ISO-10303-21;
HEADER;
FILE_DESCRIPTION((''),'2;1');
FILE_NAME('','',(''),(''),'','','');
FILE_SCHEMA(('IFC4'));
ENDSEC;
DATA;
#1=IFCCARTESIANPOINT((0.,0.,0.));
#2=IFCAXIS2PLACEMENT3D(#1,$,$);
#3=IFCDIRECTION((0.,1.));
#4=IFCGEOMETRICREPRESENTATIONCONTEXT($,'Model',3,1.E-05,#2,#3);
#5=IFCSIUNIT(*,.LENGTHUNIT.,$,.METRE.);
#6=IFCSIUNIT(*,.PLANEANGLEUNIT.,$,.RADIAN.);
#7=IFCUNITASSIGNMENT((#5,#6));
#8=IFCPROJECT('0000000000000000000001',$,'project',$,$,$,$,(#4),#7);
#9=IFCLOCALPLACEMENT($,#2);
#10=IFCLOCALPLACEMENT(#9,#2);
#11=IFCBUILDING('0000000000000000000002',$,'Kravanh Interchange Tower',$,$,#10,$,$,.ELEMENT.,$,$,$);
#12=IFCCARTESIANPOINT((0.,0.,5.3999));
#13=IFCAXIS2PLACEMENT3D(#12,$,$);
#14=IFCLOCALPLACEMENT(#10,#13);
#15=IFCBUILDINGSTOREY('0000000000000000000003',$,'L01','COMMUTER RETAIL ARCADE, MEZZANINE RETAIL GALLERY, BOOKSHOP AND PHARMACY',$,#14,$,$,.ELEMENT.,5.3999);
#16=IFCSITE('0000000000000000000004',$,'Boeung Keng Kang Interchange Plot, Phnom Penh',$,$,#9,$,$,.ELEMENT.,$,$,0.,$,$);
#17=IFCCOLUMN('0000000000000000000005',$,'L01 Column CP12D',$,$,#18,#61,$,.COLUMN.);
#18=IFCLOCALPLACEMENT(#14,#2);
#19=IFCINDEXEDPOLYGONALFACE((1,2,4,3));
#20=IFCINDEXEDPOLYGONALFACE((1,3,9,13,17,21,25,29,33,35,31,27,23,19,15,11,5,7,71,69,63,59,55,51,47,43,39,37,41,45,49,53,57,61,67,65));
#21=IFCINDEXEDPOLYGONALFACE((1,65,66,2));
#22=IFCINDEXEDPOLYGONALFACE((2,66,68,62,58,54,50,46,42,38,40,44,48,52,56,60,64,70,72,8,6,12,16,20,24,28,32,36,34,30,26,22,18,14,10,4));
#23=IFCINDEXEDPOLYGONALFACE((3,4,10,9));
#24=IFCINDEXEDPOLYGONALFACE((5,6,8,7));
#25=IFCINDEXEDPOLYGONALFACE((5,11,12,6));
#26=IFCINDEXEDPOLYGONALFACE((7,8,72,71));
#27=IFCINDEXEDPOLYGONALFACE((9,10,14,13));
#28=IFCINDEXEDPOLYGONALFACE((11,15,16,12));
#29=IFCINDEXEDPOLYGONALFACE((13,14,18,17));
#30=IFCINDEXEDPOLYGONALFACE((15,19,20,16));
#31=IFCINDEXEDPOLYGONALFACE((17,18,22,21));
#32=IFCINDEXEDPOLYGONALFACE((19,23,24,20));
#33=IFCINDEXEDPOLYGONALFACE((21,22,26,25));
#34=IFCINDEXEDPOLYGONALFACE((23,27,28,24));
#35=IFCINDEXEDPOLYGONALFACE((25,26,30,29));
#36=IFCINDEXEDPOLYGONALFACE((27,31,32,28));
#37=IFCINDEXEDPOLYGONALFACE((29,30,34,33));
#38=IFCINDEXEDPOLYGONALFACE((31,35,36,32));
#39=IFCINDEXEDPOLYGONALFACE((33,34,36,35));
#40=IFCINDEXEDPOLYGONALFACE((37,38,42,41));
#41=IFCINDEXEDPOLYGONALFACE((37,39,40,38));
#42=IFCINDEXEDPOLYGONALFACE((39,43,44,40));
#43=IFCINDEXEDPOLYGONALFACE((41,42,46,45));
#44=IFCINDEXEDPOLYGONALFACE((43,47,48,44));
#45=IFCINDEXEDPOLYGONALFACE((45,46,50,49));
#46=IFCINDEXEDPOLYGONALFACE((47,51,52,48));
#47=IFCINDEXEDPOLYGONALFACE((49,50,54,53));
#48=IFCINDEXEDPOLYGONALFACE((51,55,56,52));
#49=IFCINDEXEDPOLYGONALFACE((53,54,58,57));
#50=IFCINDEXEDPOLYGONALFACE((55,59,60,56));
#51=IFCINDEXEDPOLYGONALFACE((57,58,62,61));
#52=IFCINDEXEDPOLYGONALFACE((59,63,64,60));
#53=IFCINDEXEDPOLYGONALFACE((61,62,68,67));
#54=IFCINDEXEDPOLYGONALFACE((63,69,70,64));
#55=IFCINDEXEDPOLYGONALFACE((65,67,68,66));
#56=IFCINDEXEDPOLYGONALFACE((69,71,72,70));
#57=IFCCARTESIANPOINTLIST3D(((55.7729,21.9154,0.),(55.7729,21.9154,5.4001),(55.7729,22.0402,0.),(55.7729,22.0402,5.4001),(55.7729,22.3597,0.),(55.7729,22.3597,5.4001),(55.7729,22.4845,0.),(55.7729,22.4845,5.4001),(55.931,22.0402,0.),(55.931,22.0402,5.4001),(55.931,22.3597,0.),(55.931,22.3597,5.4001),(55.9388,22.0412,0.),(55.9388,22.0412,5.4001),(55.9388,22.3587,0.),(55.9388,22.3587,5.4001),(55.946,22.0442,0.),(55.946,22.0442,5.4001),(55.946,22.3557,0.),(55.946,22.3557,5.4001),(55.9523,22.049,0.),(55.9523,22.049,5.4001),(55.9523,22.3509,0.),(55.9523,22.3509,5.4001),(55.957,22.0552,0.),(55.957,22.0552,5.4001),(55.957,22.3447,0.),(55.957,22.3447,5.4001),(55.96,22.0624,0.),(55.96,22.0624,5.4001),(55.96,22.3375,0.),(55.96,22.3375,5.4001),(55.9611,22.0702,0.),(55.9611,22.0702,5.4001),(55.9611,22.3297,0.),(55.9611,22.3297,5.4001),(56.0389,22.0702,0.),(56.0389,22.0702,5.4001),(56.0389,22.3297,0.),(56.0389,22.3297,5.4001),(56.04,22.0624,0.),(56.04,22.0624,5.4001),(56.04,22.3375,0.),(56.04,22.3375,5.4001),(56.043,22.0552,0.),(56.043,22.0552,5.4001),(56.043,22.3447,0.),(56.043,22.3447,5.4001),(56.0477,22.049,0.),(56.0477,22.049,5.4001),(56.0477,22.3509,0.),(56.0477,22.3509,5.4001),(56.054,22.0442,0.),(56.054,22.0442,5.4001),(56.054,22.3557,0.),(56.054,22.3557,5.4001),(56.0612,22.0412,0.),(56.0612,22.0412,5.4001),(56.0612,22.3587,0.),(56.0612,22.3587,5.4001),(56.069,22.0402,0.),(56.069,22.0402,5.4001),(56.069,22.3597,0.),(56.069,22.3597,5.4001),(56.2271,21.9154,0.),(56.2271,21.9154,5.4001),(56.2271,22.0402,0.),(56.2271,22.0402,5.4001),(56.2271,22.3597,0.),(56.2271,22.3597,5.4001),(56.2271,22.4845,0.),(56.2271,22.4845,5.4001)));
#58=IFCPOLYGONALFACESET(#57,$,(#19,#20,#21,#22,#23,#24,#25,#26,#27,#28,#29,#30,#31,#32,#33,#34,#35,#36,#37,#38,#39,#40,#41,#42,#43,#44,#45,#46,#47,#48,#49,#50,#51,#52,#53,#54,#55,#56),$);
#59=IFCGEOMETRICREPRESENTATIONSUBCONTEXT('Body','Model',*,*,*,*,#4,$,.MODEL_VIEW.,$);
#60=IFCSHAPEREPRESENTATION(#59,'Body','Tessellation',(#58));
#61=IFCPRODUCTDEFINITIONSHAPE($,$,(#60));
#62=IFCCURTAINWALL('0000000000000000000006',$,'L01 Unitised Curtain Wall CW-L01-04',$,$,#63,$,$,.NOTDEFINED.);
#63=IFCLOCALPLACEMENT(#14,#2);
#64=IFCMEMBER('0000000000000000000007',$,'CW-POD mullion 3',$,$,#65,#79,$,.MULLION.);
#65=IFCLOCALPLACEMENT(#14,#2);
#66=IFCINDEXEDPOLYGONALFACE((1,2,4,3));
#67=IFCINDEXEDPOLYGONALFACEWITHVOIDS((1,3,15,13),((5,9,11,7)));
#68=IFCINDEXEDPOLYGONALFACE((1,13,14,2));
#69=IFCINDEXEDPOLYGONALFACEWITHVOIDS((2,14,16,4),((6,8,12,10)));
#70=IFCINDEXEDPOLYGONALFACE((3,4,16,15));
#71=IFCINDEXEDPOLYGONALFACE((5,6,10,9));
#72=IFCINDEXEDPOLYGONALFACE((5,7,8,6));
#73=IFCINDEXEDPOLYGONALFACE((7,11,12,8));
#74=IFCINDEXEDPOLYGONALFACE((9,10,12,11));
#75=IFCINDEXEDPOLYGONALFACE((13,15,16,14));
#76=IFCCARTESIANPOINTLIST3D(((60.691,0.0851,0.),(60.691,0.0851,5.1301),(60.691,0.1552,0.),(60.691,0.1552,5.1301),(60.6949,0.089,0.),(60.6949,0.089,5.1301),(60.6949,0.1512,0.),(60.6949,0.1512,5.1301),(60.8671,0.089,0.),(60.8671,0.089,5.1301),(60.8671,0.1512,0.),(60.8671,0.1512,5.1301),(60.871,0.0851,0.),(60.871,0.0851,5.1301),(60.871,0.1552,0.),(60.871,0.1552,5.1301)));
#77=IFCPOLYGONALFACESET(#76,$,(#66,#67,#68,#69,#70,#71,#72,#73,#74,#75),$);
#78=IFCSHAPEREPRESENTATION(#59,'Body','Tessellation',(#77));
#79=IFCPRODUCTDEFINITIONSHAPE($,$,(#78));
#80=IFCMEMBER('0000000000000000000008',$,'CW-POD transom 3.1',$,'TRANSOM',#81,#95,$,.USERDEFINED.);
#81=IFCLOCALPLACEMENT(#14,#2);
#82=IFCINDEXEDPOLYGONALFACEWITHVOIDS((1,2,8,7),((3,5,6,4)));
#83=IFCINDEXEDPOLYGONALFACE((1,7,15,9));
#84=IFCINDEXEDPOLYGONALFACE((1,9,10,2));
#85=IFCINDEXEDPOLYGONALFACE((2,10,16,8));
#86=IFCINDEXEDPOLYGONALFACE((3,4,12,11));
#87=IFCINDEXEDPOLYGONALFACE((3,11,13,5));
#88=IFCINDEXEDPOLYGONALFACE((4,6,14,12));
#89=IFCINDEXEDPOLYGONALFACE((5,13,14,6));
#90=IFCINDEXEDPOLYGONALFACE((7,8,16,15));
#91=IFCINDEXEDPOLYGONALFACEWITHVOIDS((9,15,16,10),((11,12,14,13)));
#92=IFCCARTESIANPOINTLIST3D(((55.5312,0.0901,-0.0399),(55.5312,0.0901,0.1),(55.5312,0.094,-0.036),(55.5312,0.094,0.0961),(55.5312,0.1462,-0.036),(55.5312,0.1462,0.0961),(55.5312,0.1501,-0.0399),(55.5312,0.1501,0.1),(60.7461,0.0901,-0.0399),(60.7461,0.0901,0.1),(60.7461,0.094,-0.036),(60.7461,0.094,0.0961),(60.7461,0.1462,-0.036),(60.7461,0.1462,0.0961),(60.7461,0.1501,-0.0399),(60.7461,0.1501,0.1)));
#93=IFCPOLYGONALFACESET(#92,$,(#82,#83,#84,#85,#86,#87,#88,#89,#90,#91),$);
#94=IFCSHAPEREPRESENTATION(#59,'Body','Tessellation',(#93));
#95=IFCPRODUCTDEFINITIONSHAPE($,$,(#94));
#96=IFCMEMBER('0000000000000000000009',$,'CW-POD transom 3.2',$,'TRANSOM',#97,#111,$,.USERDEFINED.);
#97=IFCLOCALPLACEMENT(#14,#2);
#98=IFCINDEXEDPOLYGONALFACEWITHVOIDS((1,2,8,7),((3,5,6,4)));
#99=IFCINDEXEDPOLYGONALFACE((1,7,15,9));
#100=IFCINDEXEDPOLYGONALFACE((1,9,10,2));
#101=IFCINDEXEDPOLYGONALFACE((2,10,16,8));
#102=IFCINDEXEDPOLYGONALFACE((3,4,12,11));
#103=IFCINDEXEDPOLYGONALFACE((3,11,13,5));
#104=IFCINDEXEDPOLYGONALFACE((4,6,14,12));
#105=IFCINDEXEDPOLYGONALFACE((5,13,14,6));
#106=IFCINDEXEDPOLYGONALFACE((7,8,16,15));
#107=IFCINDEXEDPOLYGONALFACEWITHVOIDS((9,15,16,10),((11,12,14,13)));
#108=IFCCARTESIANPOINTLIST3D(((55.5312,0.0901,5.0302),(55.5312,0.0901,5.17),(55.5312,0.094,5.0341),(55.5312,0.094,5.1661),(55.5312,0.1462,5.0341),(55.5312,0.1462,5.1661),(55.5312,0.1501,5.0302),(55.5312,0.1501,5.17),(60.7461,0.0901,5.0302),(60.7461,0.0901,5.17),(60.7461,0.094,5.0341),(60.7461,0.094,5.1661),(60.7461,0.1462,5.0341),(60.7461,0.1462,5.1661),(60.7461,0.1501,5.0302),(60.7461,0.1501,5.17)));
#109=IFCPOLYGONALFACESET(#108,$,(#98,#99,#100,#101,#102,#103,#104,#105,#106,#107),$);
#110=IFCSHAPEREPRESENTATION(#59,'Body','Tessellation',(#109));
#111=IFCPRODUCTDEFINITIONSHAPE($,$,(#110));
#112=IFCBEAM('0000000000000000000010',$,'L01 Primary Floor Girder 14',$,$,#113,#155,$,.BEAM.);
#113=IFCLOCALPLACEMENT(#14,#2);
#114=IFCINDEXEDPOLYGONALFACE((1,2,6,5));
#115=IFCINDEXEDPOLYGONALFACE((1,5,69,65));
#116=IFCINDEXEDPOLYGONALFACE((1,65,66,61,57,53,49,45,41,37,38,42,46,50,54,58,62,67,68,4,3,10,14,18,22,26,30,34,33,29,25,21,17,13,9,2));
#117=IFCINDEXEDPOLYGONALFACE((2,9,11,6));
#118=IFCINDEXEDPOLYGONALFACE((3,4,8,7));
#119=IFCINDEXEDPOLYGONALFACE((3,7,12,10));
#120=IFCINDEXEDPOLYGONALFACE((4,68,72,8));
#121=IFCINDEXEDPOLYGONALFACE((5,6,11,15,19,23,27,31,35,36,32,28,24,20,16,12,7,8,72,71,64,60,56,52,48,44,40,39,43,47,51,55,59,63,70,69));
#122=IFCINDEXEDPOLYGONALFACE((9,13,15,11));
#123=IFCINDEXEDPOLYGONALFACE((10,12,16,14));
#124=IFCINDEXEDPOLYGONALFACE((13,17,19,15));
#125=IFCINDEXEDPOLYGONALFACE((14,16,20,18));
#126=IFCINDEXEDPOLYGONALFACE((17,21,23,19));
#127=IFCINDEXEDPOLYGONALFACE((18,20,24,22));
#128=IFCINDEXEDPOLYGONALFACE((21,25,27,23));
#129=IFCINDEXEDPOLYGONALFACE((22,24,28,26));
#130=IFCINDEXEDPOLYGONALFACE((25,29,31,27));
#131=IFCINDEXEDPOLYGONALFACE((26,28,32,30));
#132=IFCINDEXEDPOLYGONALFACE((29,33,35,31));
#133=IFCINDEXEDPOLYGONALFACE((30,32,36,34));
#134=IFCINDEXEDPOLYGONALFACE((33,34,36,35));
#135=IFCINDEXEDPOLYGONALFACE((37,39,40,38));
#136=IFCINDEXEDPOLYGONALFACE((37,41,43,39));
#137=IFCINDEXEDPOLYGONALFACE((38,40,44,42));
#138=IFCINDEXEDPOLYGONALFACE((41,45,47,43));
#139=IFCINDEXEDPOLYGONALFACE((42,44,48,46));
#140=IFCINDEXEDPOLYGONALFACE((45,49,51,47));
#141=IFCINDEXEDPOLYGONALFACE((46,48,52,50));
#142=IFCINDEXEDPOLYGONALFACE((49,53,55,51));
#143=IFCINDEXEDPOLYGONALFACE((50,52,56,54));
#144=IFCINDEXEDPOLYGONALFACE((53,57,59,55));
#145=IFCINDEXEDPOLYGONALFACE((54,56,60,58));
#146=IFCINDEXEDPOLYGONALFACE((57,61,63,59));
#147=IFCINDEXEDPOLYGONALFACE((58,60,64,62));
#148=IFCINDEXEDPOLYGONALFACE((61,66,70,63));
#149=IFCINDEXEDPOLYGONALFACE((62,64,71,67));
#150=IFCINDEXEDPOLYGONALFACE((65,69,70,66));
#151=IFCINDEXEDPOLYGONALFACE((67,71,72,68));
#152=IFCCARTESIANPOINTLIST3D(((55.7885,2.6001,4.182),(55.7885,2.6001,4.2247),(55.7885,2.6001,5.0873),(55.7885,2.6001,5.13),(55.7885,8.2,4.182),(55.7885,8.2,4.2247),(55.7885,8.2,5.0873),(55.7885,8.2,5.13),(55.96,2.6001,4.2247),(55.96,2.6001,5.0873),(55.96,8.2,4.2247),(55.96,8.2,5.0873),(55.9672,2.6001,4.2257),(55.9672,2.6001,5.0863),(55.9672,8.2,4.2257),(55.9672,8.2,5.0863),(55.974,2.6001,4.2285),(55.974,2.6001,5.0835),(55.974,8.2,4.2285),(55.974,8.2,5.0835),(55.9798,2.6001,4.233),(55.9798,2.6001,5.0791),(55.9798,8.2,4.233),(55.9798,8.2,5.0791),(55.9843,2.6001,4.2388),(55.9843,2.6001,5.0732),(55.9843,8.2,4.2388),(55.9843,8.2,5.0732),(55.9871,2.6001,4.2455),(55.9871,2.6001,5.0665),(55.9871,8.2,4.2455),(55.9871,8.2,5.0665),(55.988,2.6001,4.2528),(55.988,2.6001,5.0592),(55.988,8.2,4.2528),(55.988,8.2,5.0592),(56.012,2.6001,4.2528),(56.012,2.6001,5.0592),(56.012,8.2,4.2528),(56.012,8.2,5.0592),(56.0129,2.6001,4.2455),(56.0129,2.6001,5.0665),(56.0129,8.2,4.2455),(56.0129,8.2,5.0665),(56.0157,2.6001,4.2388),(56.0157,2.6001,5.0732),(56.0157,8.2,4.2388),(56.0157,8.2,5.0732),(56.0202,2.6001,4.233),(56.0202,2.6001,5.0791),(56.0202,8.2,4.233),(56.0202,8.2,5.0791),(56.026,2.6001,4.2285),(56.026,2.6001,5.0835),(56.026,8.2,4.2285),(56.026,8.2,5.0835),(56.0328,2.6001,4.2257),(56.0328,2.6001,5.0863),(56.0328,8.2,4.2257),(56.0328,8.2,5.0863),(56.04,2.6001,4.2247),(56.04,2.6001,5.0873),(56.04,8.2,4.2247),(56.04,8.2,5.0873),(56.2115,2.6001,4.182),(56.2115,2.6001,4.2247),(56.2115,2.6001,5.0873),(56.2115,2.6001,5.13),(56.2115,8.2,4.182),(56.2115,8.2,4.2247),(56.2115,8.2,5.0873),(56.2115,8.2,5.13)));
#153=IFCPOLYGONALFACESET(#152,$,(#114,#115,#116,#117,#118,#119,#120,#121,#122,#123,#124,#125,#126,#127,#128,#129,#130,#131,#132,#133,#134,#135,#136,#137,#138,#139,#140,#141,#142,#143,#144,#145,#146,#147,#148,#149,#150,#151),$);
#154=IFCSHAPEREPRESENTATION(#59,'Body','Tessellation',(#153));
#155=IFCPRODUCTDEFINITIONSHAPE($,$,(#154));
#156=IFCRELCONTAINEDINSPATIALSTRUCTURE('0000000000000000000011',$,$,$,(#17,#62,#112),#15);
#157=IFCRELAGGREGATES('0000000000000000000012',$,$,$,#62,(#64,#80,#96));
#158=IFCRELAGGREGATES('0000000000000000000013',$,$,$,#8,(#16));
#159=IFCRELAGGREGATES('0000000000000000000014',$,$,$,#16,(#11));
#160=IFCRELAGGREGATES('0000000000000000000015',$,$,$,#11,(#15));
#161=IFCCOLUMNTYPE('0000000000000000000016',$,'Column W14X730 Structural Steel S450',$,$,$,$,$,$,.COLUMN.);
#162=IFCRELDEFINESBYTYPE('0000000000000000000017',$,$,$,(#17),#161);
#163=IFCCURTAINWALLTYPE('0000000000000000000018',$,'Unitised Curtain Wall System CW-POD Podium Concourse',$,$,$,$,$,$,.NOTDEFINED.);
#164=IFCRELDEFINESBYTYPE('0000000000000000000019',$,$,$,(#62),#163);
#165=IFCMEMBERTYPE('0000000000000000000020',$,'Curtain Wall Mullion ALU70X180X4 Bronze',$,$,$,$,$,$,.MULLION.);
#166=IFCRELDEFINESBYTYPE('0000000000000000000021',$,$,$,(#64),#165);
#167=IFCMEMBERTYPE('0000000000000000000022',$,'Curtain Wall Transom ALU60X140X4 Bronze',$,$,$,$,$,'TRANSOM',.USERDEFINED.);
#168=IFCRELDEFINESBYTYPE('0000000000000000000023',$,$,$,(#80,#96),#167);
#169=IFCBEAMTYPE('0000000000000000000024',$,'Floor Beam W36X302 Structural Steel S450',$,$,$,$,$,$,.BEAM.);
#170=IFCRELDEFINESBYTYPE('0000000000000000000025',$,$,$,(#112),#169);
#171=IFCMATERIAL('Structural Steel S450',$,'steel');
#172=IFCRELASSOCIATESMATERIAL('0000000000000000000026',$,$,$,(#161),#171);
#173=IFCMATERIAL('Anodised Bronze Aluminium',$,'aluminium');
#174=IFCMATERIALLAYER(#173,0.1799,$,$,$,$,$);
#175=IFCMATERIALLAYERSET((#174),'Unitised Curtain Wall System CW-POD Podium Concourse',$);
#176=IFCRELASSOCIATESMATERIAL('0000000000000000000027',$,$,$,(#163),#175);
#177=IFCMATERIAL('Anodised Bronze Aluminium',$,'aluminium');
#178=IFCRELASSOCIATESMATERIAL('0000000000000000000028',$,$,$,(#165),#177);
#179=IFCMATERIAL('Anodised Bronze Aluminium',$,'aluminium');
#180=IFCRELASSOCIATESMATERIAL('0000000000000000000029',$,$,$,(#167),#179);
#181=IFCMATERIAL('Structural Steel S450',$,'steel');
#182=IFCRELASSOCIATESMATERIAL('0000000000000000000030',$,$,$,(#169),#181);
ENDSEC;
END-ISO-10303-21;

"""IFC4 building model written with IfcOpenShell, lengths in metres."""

from ifc_helpers import new_model, si_unit, direction, frame, origin, origin_2d, place, context, subcontext, project, spatial, hollow_rectangle, i_section, extrude, material, layer, layer_set, material_profile, profile_set, type_object, element, aggregate, save


model = new_model("IFC4")

# Units and contexts
model_context = context("Model", 3, precision=1e-05, world=origin(), true_north=direction((0.0, 1.0)))
body_context = subcontext(model_context, "Body", "Model", "MODEL_VIEW")
ifc_project = project(units=[si_unit("LENGTHUNIT", "METRE"), si_unit("PLANEANGLEUNIT", "RADIAN")], contexts=[model_context])

# Site, building, storey
site_placement = place(None, origin())
site = spatial("IfcSite", under=ifc_project, at=site_placement, Name="Boeung Keng Kang Interchange Plot, Phnom Penh", CompositionType="ELEMENT", RefElevation=0.0)
building_placement = place(site_placement, origin())
building = spatial("IfcBuilding", under=site, at=building_placement, Name="Kravanh Interchange Tower", CompositionType="ELEMENT")
storey_placement = place(building_placement, frame((0.0, 0.0, 5.3999)))
storey = spatial("IfcBuildingStorey", under=building, at=storey_placement, Name="L01", Description="COMMUTER RETAIL ARCADE, MEZZANINE RETAIL GALLERY, BOOKSHOP AND PHARMACY", CompositionType="ELEMENT", Elevation=5.3999)

# Column
ifc_material_1 = material(Name="Structural Steel S450", Category="steel")
ifc_material_profile_1 = material_profile(ifc_material_1, i_section(OverallWidth=0.4541, OverallDepth=0.5691, WebThickness=0.0779, FlangeThickness=0.1248, FilletRadius=0.03, at=origin_2d()), Name="W14X730")
ifc_profile_set_1 = profile_set([ifc_material_profile_1], Name="Structural Steel S450")
column_type = type_object("IfcColumnType", Name="Column W14X730 Structural Steel S450", PredefinedType="COLUMN", material=ifc_profile_set_1)
for number, where, z_axis, x_axis, name in (
    (1, (56.0, 22.2, 0.0), (0.0, 0.0, 1.0), (1.0, 0.0, 0.0), "L01 Column CP12D"),
):
    element("IfcColumn", number, at=place(storey_placement, frame(where, z_axis=z_axis, x_axis=x_axis)), inside=storey, type_object=column_type, Name=name, PredefinedType="COLUMN", context=body_context, shape_type="SweptSolid", body=[
        extrude(i_section(OverallWidth=0.4541, OverallDepth=0.5691, WebThickness=0.0779, FlangeThickness=0.1248, FilletRadius=0.03, at=origin_2d()), origin(), (0.0, 0.0, 1.0), 5.4001),
    ])

# Curtain wall, members
ifc_material_2 = material(Name="Anodised Bronze Aluminium", Category="aluminium")
ifc_layer_1 = layer(ifc_material_2, 0.1799)
ifc_layer_set_1 = layer_set([ifc_layer_1], Name="Unitised Curtain Wall System CW-POD Podium Concourse")
curtain_wall_type = type_object("IfcCurtainWallType", Name="Unitised Curtain Wall System CW-POD Podium Concourse", PredefinedType="NOTDEFINED", material=ifc_layer_set_1)
curtain_wall_placement = place(storey_placement, origin())
curtain_wall = element("IfcCurtainWall", 2, at=curtain_wall_placement, inside=storey, type_object=curtain_wall_type, Name="L01 Unitised Curtain Wall CW-L01-04", PredefinedType="NOTDEFINED")
ifc_material_3 = material(Name="Anodised Bronze Aluminium", Category="aluminium")
ifc_material_profile_2 = material_profile(ifc_material_3, hollow_rectangle(XDim=0.0701, YDim=0.1799, WallThickness=0.0039, at=origin_2d()), Name="ALU70X180X4")
ifc_profile_set_2 = profile_set([ifc_material_profile_2], Name="Anodised Bronze Aluminium")
member_type_1 = type_object("IfcMemberType", Name="Curtain Wall Mullion ALU70X180X4 Bronze", PredefinedType="MULLION", material=ifc_profile_set_2)
member_1_placement = place(storey_placement, frame((60.781, 0.1201, 0.0), z_axis=(0.0, 0.0, 1.0), x_axis=(0.0, -1.0, 0.0)))
member_1 = element("IfcMember", 3, at=member_1_placement, type_object=member_type_1, Name="CW-POD mullion 3", PredefinedType="MULLION", context=body_context, shape_type="SweptSolid", body=[
    extrude(hollow_rectangle(XDim=0.0701, YDim=0.1799, WallThickness=0.0039, at=origin_2d()), origin(), (0.0, 0.0, 1.0), 5.1301),
])
ifc_material_4 = material(Name="Anodised Bronze Aluminium", Category="aluminium")
ifc_material_profile_3 = material_profile(ifc_material_4, hollow_rectangle(XDim=0.0601, YDim=0.1399, WallThickness=0.0039, at=origin_2d()), Name="ALU60X140X4")
ifc_profile_set_3 = profile_set([ifc_material_profile_3], Name="Anodised Bronze Aluminium")
member_type_2 = type_object("IfcMemberType", Name="Curtain Wall Transom ALU60X140X4 Bronze", ElementType="TRANSOM", PredefinedType="USERDEFINED", material=ifc_profile_set_3)
member_2_placement = place(storey_placement, frame((60.7461, 0.1201, 0.03), z_axis=(-1.0, 0.0, 0.0), x_axis=(0.0, -1.0, 0.0)))
member_2 = element("IfcMember", 4, at=member_2_placement, type_object=member_type_2, Name="CW-POD transom 3.1", ObjectType="TRANSOM", PredefinedType="USERDEFINED", context=body_context, shape_type="SweptSolid", body=[
    extrude(hollow_rectangle(XDim=0.0601, YDim=0.1399, WallThickness=0.0039, at=origin_2d()), origin(), (0.0, 0.0, 1.0), 5.2148),
])
member_3_placement = place(storey_placement, frame((60.7461, 0.1201, 5.1001), z_axis=(-1.0, 0.0, 0.0), x_axis=(0.0, -1.0, 0.0)))
member_3 = element("IfcMember", 5, at=member_3_placement, type_object=member_type_2, Name="CW-POD transom 3.2", ObjectType="TRANSOM", PredefinedType="USERDEFINED", context=body_context, shape_type="SweptSolid", body=[
    extrude(hollow_rectangle(XDim=0.0601, YDim=0.1399, WallThickness=0.0039, at=origin_2d()), origin(), (0.0, 0.0, 1.0), 5.2148),
])

# Beam
ifc_material_5 = material(Name="Structural Steel S450", Category="steel")
ifc_material_profile_4 = material_profile(ifc_material_5, i_section(OverallWidth=0.4231, OverallDepth=0.948, WebThickness=0.0239, FlangeThickness=0.0427, FilletRadius=0.0281, at=origin_2d()), Name="W36X302")
ifc_profile_set_4 = profile_set([ifc_material_profile_4], Name="Structural Steel S450")
beam_type_1 = type_object("IfcBeamType", Name="Floor Beam W36X302 Structural Steel S450", PredefinedType="BEAM", material=ifc_profile_set_4)
beam_1_placement = place(storey_placement, frame((56.0, 2.6001, 4.656), z_axis=(0.0, 1.0, 0.0), x_axis=(-1.0, 0.0, 0.0)))
element("IfcBeam", 6, at=beam_1_placement, inside=storey, type_object=beam_type_1, Name="L01 Primary Floor Girder 14", PredefinedType="BEAM", context=body_context, shape_type="SweptSolid", body=[
    extrude(i_section(OverallWidth=0.4231, OverallDepth=0.948, WebThickness=0.0239, FlangeThickness=0.0427, FilletRadius=0.0281, at=origin_2d()), origin(), (0.0, 0.0, 1.0), 5.5999),
])

aggregate(curtain_wall, [member_1, member_2, member_3])

save(model, "model.ifc")
